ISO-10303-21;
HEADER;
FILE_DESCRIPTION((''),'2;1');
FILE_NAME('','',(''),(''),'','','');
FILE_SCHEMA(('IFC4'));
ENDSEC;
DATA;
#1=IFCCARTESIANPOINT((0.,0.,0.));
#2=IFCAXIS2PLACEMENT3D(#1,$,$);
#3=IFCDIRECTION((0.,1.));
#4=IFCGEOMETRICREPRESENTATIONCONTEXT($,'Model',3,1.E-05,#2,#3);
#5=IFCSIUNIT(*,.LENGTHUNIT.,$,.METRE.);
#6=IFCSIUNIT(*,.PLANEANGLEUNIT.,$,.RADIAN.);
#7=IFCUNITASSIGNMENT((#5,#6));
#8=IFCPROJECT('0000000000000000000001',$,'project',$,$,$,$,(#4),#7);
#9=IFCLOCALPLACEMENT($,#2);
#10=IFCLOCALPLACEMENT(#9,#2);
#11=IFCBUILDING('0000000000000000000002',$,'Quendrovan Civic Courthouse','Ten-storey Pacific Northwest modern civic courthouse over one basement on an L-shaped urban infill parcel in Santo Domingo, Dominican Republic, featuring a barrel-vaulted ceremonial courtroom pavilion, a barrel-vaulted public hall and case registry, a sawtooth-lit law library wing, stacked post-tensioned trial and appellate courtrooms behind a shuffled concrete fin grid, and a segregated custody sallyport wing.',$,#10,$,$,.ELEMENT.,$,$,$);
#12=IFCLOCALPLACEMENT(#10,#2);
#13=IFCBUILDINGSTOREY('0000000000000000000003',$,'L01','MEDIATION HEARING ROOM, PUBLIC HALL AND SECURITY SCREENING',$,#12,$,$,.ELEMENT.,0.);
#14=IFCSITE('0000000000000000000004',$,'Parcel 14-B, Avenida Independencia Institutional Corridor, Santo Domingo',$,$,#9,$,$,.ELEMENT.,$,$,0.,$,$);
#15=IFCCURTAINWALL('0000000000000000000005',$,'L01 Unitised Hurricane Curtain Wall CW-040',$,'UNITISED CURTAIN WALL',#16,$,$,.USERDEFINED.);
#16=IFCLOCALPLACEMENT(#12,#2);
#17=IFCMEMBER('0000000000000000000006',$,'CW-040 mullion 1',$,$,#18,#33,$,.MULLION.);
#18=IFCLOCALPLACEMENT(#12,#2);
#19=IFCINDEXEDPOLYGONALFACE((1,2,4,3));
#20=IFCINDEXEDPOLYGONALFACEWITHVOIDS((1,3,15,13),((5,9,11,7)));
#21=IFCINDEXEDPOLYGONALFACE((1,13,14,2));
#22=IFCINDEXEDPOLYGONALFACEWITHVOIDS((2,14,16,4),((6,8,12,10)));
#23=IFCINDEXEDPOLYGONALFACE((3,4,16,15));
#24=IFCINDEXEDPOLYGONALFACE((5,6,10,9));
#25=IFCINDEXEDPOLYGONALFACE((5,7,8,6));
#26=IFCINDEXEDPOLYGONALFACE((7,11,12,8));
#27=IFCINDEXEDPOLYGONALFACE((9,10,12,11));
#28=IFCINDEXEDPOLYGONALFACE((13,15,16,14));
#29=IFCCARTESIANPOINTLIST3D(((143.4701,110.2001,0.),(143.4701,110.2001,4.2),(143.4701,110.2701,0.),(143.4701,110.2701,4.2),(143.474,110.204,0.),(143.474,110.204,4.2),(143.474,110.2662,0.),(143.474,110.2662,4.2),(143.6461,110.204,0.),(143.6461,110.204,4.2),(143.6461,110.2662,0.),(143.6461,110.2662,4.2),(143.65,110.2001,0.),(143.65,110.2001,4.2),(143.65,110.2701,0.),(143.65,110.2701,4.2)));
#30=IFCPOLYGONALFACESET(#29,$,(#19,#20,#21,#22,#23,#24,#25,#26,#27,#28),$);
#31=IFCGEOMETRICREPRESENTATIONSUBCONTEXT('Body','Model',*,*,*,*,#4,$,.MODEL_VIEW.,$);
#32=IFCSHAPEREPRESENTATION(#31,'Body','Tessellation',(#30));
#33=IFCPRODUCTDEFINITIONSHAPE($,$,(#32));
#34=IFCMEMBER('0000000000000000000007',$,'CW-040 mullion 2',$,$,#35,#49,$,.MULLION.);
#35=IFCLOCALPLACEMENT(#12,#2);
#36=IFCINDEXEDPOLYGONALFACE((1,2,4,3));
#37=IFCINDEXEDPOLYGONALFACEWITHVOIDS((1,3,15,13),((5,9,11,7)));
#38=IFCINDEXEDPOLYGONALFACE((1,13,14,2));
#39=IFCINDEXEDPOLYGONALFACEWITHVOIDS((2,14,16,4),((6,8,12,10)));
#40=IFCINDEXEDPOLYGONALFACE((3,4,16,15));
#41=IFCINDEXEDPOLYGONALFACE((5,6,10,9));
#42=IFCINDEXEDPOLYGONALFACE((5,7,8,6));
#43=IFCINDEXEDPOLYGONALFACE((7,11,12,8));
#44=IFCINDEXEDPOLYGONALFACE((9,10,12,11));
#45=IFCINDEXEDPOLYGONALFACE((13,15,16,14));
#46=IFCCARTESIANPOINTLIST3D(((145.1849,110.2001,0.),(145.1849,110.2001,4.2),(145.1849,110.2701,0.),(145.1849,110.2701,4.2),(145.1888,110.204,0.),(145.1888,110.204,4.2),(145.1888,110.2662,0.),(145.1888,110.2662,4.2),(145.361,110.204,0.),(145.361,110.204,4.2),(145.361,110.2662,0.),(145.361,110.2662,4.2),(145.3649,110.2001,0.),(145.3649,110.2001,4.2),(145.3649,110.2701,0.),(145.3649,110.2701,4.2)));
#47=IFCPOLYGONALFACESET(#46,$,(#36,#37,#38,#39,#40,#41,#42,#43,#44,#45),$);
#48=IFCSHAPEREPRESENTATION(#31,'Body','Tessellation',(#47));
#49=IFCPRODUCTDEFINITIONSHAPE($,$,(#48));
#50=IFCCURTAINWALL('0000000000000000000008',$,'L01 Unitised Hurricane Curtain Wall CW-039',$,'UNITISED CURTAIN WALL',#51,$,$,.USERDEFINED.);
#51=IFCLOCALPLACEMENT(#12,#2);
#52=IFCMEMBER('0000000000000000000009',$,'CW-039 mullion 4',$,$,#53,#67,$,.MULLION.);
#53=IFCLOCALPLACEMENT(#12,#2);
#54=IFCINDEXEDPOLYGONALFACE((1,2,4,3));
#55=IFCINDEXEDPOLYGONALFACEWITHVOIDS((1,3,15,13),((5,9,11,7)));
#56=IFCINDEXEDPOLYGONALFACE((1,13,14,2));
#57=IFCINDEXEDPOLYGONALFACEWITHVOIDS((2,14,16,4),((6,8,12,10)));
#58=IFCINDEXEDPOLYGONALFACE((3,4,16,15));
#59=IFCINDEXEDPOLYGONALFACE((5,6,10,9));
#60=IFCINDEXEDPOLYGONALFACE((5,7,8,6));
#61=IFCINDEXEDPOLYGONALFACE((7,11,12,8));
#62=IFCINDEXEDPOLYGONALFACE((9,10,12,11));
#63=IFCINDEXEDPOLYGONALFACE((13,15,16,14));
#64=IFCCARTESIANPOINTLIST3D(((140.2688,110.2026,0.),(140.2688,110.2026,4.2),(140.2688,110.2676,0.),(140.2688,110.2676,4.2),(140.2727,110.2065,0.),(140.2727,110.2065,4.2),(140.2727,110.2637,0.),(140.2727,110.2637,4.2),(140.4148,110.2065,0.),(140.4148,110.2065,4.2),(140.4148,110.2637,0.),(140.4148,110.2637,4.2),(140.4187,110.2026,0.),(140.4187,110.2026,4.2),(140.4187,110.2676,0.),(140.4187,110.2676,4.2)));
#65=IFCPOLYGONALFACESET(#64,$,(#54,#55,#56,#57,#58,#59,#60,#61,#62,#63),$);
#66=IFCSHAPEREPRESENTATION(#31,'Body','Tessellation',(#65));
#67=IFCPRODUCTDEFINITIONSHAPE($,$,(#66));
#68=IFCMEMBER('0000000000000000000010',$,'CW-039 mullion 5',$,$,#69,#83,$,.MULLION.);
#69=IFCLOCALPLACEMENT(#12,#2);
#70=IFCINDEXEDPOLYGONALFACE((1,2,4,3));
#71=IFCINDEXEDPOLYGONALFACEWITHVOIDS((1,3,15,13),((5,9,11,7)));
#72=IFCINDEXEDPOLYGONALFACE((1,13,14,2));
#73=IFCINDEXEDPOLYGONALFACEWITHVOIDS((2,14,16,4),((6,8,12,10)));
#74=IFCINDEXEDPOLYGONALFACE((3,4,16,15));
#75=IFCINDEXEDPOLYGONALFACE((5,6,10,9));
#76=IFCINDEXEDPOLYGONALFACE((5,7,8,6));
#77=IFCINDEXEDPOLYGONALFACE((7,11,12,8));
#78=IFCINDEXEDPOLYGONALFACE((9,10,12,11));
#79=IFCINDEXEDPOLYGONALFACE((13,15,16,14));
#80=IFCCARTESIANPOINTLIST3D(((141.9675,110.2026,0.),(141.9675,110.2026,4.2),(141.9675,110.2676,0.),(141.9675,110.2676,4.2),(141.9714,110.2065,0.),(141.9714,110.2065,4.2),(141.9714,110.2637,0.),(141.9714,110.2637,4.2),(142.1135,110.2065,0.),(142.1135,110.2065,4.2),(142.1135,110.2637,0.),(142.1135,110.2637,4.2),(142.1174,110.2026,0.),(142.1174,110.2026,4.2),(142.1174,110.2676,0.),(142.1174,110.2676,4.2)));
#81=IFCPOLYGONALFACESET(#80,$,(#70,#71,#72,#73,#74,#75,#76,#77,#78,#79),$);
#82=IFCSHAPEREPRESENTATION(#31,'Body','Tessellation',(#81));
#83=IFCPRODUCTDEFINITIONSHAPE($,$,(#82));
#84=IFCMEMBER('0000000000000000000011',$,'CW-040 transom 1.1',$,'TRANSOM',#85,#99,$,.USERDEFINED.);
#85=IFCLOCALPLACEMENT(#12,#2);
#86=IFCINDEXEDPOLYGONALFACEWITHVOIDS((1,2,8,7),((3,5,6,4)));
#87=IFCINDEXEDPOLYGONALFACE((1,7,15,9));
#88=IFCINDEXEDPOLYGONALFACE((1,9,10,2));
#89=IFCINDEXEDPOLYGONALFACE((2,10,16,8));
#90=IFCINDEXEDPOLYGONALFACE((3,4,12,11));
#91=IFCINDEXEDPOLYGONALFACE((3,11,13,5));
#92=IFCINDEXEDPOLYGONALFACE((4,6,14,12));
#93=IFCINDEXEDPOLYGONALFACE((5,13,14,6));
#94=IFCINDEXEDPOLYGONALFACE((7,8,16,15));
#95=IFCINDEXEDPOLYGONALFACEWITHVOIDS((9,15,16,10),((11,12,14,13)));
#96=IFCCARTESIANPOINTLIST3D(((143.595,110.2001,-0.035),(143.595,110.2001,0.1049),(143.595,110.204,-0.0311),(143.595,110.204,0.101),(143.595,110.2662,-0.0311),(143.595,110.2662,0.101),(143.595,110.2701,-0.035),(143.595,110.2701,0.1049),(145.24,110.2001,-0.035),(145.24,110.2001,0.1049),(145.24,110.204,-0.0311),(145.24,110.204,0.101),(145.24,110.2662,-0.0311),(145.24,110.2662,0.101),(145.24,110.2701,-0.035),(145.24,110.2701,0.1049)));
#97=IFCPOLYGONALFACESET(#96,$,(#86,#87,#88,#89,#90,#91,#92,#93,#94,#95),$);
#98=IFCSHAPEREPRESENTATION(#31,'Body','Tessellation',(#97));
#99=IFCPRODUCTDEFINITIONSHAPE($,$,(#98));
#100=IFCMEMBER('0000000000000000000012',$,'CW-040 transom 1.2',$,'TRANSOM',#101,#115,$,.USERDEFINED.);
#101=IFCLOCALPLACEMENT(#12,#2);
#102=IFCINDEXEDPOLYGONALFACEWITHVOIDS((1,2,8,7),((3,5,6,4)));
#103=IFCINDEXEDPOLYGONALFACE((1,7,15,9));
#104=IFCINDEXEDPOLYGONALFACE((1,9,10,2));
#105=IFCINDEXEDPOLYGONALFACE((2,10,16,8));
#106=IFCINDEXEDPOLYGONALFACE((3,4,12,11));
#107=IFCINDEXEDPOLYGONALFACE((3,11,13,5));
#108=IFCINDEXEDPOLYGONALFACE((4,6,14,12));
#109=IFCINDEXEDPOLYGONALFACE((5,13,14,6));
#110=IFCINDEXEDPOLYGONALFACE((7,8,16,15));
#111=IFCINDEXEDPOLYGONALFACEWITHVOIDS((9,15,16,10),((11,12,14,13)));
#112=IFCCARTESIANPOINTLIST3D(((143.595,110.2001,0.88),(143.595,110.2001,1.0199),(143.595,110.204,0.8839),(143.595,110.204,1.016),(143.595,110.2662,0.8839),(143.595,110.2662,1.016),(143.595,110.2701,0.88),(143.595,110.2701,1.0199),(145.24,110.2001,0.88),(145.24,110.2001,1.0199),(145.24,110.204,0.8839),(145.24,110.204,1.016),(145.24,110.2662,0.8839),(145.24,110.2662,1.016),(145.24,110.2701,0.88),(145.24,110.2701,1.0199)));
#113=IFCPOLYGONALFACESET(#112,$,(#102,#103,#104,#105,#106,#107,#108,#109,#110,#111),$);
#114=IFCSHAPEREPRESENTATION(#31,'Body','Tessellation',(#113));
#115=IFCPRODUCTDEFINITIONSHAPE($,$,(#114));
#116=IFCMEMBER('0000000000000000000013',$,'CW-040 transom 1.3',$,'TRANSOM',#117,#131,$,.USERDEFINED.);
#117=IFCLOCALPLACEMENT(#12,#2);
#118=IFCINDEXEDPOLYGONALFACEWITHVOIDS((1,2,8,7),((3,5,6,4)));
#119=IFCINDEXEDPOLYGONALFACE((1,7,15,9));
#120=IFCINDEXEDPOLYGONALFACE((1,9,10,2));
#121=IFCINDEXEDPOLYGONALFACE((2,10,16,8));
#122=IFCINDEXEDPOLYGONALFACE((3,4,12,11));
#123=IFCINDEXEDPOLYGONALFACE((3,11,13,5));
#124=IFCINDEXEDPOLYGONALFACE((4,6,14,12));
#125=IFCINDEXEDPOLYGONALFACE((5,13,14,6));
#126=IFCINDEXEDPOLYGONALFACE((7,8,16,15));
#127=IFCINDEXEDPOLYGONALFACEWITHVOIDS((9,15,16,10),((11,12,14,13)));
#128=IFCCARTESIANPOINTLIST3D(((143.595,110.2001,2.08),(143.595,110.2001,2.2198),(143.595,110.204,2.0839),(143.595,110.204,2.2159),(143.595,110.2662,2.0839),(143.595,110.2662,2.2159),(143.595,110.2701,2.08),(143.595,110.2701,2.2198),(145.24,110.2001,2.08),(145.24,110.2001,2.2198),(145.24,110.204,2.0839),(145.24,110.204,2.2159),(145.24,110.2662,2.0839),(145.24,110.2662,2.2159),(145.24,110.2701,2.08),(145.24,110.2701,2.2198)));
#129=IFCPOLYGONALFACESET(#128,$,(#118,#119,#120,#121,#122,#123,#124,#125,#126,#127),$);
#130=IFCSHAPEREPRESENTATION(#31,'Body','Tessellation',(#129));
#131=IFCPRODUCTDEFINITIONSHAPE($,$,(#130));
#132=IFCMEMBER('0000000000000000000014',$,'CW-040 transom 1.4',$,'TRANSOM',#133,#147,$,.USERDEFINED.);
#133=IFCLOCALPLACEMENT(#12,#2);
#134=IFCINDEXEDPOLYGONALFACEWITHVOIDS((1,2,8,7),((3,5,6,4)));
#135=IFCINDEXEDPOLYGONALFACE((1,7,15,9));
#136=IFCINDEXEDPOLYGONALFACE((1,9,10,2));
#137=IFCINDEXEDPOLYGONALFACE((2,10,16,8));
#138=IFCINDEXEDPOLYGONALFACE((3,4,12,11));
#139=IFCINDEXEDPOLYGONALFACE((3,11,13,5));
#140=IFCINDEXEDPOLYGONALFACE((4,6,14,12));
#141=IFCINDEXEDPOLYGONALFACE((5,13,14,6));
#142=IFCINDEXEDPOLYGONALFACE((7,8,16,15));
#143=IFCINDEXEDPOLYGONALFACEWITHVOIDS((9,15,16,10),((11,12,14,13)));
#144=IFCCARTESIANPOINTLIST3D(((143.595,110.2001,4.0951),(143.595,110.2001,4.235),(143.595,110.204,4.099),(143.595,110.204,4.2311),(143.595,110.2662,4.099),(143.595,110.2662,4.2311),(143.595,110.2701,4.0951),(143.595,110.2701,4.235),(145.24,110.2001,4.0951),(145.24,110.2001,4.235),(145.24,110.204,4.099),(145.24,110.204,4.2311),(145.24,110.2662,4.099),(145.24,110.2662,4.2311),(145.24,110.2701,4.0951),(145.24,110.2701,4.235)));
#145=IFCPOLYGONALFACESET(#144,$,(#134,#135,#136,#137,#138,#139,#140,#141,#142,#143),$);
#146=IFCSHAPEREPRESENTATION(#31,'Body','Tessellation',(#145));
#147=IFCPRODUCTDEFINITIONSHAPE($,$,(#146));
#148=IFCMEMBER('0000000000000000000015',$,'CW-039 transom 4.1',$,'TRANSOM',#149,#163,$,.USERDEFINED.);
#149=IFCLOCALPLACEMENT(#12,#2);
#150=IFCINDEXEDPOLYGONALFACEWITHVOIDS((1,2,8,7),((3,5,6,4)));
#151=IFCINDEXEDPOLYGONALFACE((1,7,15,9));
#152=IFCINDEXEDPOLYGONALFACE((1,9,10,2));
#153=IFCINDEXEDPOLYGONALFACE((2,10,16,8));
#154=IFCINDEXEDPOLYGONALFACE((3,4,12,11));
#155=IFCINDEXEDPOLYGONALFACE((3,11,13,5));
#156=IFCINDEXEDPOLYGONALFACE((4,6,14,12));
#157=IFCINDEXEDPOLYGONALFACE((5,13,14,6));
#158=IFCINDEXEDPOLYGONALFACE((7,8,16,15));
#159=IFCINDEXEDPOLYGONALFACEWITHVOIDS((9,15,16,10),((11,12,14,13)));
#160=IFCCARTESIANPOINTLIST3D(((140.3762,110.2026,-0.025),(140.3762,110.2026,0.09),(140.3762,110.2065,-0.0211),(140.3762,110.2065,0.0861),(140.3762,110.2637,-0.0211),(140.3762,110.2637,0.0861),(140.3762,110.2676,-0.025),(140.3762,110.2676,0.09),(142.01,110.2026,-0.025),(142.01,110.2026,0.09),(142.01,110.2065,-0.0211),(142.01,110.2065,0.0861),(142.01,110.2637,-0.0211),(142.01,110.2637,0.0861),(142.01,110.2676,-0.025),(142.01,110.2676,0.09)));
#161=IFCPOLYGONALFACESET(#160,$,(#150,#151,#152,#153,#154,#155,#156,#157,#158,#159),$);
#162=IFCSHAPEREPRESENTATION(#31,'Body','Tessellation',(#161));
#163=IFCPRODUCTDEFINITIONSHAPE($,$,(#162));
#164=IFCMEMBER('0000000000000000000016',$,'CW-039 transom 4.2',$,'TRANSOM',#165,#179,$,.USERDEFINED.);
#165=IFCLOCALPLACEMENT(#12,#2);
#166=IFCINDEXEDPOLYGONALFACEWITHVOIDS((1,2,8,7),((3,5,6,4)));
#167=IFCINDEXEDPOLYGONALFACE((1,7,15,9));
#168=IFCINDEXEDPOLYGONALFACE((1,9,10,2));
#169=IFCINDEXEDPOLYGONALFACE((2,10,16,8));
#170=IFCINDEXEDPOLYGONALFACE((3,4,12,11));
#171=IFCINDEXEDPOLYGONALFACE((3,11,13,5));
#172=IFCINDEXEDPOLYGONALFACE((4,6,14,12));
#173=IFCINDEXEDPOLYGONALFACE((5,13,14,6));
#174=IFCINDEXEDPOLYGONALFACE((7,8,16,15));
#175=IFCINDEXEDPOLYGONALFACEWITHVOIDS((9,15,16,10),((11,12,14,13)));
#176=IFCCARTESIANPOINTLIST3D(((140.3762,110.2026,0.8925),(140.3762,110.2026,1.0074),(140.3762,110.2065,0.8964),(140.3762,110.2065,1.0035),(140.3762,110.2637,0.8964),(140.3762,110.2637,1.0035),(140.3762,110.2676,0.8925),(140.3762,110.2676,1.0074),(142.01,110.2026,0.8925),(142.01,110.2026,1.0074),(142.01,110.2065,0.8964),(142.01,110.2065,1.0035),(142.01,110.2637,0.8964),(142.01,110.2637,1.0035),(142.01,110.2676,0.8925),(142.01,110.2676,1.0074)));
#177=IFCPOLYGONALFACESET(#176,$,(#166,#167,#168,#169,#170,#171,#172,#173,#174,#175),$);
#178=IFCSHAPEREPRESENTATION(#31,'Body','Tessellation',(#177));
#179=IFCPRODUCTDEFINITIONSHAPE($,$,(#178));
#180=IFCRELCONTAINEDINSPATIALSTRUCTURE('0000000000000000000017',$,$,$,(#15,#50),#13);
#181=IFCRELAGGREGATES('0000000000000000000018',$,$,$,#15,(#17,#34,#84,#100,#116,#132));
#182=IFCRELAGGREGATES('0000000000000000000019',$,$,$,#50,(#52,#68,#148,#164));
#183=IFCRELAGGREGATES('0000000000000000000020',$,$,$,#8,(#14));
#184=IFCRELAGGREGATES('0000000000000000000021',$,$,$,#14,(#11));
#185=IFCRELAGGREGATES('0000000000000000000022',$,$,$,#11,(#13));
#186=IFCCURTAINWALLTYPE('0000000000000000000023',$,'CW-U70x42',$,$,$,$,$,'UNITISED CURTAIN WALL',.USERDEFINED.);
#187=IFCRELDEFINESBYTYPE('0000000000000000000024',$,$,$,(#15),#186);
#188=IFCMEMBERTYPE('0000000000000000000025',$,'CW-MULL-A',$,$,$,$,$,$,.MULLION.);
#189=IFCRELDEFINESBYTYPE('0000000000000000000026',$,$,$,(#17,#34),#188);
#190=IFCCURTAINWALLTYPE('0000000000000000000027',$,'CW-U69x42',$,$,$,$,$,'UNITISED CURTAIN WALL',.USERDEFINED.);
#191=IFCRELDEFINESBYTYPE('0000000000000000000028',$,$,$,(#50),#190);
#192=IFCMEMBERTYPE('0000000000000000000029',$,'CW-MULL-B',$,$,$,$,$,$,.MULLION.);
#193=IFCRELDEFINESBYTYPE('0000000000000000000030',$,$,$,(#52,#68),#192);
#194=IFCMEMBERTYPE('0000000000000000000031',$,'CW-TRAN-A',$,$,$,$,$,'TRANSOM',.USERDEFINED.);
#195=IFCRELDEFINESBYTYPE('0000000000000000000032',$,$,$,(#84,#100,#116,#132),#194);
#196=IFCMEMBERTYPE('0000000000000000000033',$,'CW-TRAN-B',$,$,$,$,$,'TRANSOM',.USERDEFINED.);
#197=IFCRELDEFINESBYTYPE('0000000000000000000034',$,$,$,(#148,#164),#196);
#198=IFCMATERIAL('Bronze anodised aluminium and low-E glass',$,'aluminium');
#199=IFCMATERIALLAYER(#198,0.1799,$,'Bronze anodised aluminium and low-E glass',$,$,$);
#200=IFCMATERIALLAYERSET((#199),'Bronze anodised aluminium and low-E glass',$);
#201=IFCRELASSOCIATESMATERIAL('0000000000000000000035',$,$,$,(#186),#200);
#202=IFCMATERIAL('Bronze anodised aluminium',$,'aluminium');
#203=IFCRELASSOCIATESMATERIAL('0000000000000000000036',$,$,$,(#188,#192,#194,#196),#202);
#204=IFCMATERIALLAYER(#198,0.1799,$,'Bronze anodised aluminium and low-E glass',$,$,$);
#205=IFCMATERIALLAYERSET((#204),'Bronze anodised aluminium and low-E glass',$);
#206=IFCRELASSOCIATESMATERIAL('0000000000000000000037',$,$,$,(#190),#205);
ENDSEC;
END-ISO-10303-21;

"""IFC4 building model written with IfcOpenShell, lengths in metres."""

from ifc_helpers import new_model, si_unit, direction, frame, origin, origin_2d, place, context, subcontext, project, spatial, hollow_rectangle, extrude, material, layer, layer_set, material_profile, profile_set, type_object, element, aggregate, save


model = new_model("IFC4")

# Units and contexts
model_context = context("Model", 3, precision=1e-05, world=origin(), true_north=direction((0.0, 1.0)))
body_context = subcontext(model_context, "Body", "Model", "MODEL_VIEW")
ifc_project = project(units=[si_unit("LENGTHUNIT", "METRE"), si_unit("PLANEANGLEUNIT", "RADIAN")], contexts=[model_context])

# Site, building, storey
site_placement = place(None, origin())
site = spatial("IfcSite", under=ifc_project, at=site_placement, Name="Parcel 14-B, Avenida Independencia Institutional Corridor, Santo Domingo", CompositionType="ELEMENT", RefElevation=0.0)
building_placement = place(site_placement, origin())
building = spatial("IfcBuilding", under=site, at=building_placement, Name="Quendrovan Civic Courthouse", Description="Ten-storey Pacific Northwest modern civic courthouse over one basement on an L-shaped urban infill parcel in Santo Domingo, Dominican Republic, featuring a barrel-vaulted ceremonial courtroom pavilion, a barrel-vaulted public hall and case registry, a sawtooth-lit law library wing, stacked post-tensioned trial and appellate courtrooms behind a shuffled concrete fin grid, and a segregated custody sallyport wing.", CompositionType="ELEMENT")
storey_placement = place(building_placement, origin())
storey = spatial("IfcBuildingStorey", under=building, at=storey_placement, Name="L01", Description="MEDIATION HEARING ROOM, PUBLIC HALL AND SECURITY SCREENING", CompositionType="ELEMENT", Elevation=0.0)

# Curtain walls, members
ifc_material_1 = material(Name="Bronze anodised aluminium and low-E glass", Category="aluminium")
ifc_layer_1 = layer(ifc_material_1, 0.1799, Name="Bronze anodised aluminium and low-E glass")
ifc_layer_set_1 = layer_set([ifc_layer_1], Name="Bronze anodised aluminium and low-E glass")
curtain_wall_type_1 = type_object("IfcCurtainWallType", Name="CW-U70x42", ElementType="UNITISED CURTAIN WALL", PredefinedType="USERDEFINED", material=ifc_layer_set_1)
curtain_wall_1_placement = place(storey_placement, origin())
curtain_wall_1 = element("IfcCurtainWall", 1, at=curtain_wall_1_placement, inside=storey, type_object=curtain_wall_type_1, Name="L01 Unitised Hurricane Curtain Wall CW-040", ObjectType="UNITISED CURTAIN WALL", PredefinedType="USERDEFINED")
ifc_material_2 = material(Name="Bronze anodised aluminium", Category="aluminium")
ifc_material_profile_1 = material_profile(ifc_material_2, hollow_rectangle(XDim=0.0701, YDim=0.1799, WallThickness=0.0039, at=origin_2d()), Name="CW-MULL-70x180")
ifc_profile_set_1 = profile_set([ifc_material_profile_1], Name="Bronze anodised aluminium")
member_type_1 = type_object("IfcMemberType", Name="CW-MULL-A", PredefinedType="MULLION", material=ifc_profile_set_1)
member_1_placement = place(storey_placement, frame((143.5601, 110.2351, 0.0), z_axis=(0.0, 0.0, 1.0), x_axis=(0.0, 1.0, 0.0)))
member_1 = element("IfcMember", 2, at=member_1_placement, type_object=member_type_1, Name="CW-040 mullion 1", PredefinedType="MULLION", context=body_context, shape_type="SweptSolid", body=[
    extrude(hollow_rectangle(XDim=0.0701, YDim=0.1799, WallThickness=0.0039, at=origin_2d()), origin(), (0.0, 0.0, 1.0), 4.2),
])
member_2_placement = place(storey_placement, frame((145.2749, 110.2351, 0.0), z_axis=(0.0, 0.0, 1.0), x_axis=(0.0, 1.0, 0.0)))
member_2 = element("IfcMember", 3, at=member_2_placement, type_object=member_type_1, Name="CW-040 mullion 2", PredefinedType="MULLION", context=body_context, shape_type="SweptSolid", body=[
    extrude(hollow_rectangle(XDim=0.0701, YDim=0.1799, WallThickness=0.0039, at=origin_2d()), origin(), (0.0, 0.0, 1.0), 4.2),
])
ifc_layer_2 = layer(ifc_material_1, 0.1799, Name="Bronze anodised aluminium and low-E glass")
ifc_layer_set_2 = layer_set([ifc_layer_2], Name="Bronze anodised aluminium and low-E glass")
curtain_wall_type_2 = type_object("IfcCurtainWallType", Name="CW-U69x42", ElementType="UNITISED CURTAIN WALL", PredefinedType="USERDEFINED", material=ifc_layer_set_2)
curtain_wall_2_placement = place(storey_placement, origin())
curtain_wall_2 = element("IfcCurtainWall", 4, at=curtain_wall_2_placement, inside=storey, type_object=curtain_wall_type_2, Name="L01 Unitised Hurricane Curtain Wall CW-039", ObjectType="UNITISED CURTAIN WALL", PredefinedType="USERDEFINED")
ifc_material_profile_2 = material_profile(ifc_material_2, hollow_rectangle(XDim=0.0649, YDim=0.1499, WallThickness=0.0039, at=origin_2d()), Name="CW-MULL-65x150")
ifc_profile_set_2 = profile_set([ifc_material_profile_2], Name="Bronze anodised aluminium")
member_type_2 = type_object("IfcMemberType", Name="CW-MULL-B", PredefinedType="MULLION", material=ifc_profile_set_2)
member_3_placement = place(storey_placement, frame((140.3438, 110.2351, 0.0), z_axis=(0.0, 0.0, 1.0), x_axis=(0.0, 1.0, 0.0)))
member_3 = element("IfcMember", 5, at=member_3_placement, type_object=member_type_2, Name="CW-039 mullion 4", PredefinedType="MULLION", context=body_context, shape_type="SweptSolid", body=[
    extrude(hollow_rectangle(XDim=0.0649, YDim=0.1499, WallThickness=0.0039, at=origin_2d()), origin(), (0.0, 0.0, 1.0), 4.2),
])
member_4_placement = place(storey_placement, frame((142.0425, 110.2351, 0.0), z_axis=(0.0, 0.0, 1.0), x_axis=(0.0, 1.0, 0.0)))
member_4 = element("IfcMember", 6, at=member_4_placement, type_object=member_type_2, Name="CW-039 mullion 5", PredefinedType="MULLION", context=body_context, shape_type="SweptSolid", body=[
    extrude(hollow_rectangle(XDim=0.0649, YDim=0.1499, WallThickness=0.0039, at=origin_2d()), origin(), (0.0, 0.0, 1.0), 4.2),
])

# Members
ifc_material_profile_3 = material_profile(ifc_material_2, hollow_rectangle(XDim=0.0701, YDim=0.1399, WallThickness=0.0039, at=origin_2d()), Name="CW-TRAN-70x140")
ifc_profile_set_3 = profile_set([ifc_material_profile_3], Name="Bronze anodised aluminium")
member_type_3 = type_object("IfcMemberType", Name="CW-TRAN-A", ElementType="TRANSOM", PredefinedType="USERDEFINED", material=ifc_profile_set_3)
member_5_placement = place(storey_placement, frame((143.595, 110.2351, 0.0349), z_axis=(1.0, 0.0, 0.0), x_axis=(0.0, 1.0, 0.0)))
member_5 = element("IfcMember", 7, at=member_5_placement, type_object=member_type_3, Name="CW-040 transom 1.1", ObjectType="TRANSOM", PredefinedType="USERDEFINED", context=body_context, shape_type="SweptSolid", body=[
    extrude(hollow_rectangle(XDim=0.0701, YDim=0.1399, WallThickness=0.0039, at=origin_2d()), origin(), (0.0, 0.0, 1.0), 1.645),
])
member_6_placement = place(storey_placement, frame((143.595, 110.2351, 0.95), z_axis=(1.0, 0.0, 0.0), x_axis=(0.0, 1.0, 0.0)))
member_6 = element("IfcMember", 8, at=member_6_placement, type_object=member_type_3, Name="CW-040 transom 1.2", ObjectType="TRANSOM", PredefinedType="USERDEFINED", context=body_context, shape_type="SweptSolid", body=[
    extrude(hollow_rectangle(XDim=0.0701, YDim=0.1399, WallThickness=0.0039, at=origin_2d()), origin(), (0.0, 0.0, 1.0), 1.645),
])
member_7_placement = place(storey_placement, frame((143.595, 110.2351, 2.1499), z_axis=(1.0, 0.0, 0.0), x_axis=(0.0, 1.0, 0.0)))
member_7 = element("IfcMember", 9, at=member_7_placement, type_object=member_type_3, Name="CW-040 transom 1.3", ObjectType="TRANSOM", PredefinedType="USERDEFINED", context=body_context, shape_type="SweptSolid", body=[
    extrude(hollow_rectangle(XDim=0.0701, YDim=0.1399, WallThickness=0.0039, at=origin_2d()), origin(), (0.0, 0.0, 1.0), 1.645),
])
member_8_placement = place(storey_placement, frame((143.595, 110.2351, 4.165), z_axis=(1.0, 0.0, 0.0), x_axis=(0.0, 1.0, 0.0)))
member_8 = element("IfcMember", 10, at=member_8_placement, type_object=member_type_3, Name="CW-040 transom 1.4", ObjectType="TRANSOM", PredefinedType="USERDEFINED", context=body_context, shape_type="SweptSolid", body=[
    extrude(hollow_rectangle(XDim=0.0701, YDim=0.1399, WallThickness=0.0039, at=origin_2d()), origin(), (0.0, 0.0, 1.0), 1.645),
])
ifc_material_profile_4 = material_profile(ifc_material_2, hollow_rectangle(XDim=0.0649, YDim=0.115, WallThickness=0.0039, at=origin_2d()), Name="CW-TRAN-65x115")
ifc_profile_set_4 = profile_set([ifc_material_profile_4], Name="Bronze anodised aluminium")
member_type_4 = type_object("IfcMemberType", Name="CW-TRAN-B", ElementType="TRANSOM", PredefinedType="USERDEFINED", material=ifc_profile_set_4)
member_9_placement = place(storey_placement, frame((140.3762, 110.2351, 0.0325), z_axis=(1.0, 0.0, 0.0), x_axis=(0.0, 1.0, 0.0)))
member_9 = element("IfcMember", 11, at=member_9_placement, type_object=member_type_4, Name="CW-039 transom 4.1", ObjectType="TRANSOM", PredefinedType="USERDEFINED", context=body_context, shape_type="SweptSolid", body=[
    extrude(hollow_rectangle(XDim=0.0649, YDim=0.115, WallThickness=0.0039, at=origin_2d()), origin(), (0.0, 0.0, 1.0), 1.6338),
])
member_10_placement = place(storey_placement, frame((140.3762, 110.2351, 0.95), z_axis=(1.0, 0.0, 0.0), x_axis=(0.0, 1.0, 0.0)))
member_10 = element("IfcMember", 12, at=member_10_placement, type_object=member_type_4, Name="CW-039 transom 4.2", ObjectType="TRANSOM", PredefinedType="USERDEFINED", context=body_context, shape_type="SweptSolid", body=[
    extrude(hollow_rectangle(XDim=0.0649, YDim=0.115, WallThickness=0.0039, at=origin_2d()), origin(), (0.0, 0.0, 1.0), 1.6338),
])

aggregate(curtain_wall_1, [member_1, member_2, member_5, member_6, member_7, member_8])
aggregate(curtain_wall_2, [member_3, member_4, member_9, member_10])

save(model, "model.ifc")
